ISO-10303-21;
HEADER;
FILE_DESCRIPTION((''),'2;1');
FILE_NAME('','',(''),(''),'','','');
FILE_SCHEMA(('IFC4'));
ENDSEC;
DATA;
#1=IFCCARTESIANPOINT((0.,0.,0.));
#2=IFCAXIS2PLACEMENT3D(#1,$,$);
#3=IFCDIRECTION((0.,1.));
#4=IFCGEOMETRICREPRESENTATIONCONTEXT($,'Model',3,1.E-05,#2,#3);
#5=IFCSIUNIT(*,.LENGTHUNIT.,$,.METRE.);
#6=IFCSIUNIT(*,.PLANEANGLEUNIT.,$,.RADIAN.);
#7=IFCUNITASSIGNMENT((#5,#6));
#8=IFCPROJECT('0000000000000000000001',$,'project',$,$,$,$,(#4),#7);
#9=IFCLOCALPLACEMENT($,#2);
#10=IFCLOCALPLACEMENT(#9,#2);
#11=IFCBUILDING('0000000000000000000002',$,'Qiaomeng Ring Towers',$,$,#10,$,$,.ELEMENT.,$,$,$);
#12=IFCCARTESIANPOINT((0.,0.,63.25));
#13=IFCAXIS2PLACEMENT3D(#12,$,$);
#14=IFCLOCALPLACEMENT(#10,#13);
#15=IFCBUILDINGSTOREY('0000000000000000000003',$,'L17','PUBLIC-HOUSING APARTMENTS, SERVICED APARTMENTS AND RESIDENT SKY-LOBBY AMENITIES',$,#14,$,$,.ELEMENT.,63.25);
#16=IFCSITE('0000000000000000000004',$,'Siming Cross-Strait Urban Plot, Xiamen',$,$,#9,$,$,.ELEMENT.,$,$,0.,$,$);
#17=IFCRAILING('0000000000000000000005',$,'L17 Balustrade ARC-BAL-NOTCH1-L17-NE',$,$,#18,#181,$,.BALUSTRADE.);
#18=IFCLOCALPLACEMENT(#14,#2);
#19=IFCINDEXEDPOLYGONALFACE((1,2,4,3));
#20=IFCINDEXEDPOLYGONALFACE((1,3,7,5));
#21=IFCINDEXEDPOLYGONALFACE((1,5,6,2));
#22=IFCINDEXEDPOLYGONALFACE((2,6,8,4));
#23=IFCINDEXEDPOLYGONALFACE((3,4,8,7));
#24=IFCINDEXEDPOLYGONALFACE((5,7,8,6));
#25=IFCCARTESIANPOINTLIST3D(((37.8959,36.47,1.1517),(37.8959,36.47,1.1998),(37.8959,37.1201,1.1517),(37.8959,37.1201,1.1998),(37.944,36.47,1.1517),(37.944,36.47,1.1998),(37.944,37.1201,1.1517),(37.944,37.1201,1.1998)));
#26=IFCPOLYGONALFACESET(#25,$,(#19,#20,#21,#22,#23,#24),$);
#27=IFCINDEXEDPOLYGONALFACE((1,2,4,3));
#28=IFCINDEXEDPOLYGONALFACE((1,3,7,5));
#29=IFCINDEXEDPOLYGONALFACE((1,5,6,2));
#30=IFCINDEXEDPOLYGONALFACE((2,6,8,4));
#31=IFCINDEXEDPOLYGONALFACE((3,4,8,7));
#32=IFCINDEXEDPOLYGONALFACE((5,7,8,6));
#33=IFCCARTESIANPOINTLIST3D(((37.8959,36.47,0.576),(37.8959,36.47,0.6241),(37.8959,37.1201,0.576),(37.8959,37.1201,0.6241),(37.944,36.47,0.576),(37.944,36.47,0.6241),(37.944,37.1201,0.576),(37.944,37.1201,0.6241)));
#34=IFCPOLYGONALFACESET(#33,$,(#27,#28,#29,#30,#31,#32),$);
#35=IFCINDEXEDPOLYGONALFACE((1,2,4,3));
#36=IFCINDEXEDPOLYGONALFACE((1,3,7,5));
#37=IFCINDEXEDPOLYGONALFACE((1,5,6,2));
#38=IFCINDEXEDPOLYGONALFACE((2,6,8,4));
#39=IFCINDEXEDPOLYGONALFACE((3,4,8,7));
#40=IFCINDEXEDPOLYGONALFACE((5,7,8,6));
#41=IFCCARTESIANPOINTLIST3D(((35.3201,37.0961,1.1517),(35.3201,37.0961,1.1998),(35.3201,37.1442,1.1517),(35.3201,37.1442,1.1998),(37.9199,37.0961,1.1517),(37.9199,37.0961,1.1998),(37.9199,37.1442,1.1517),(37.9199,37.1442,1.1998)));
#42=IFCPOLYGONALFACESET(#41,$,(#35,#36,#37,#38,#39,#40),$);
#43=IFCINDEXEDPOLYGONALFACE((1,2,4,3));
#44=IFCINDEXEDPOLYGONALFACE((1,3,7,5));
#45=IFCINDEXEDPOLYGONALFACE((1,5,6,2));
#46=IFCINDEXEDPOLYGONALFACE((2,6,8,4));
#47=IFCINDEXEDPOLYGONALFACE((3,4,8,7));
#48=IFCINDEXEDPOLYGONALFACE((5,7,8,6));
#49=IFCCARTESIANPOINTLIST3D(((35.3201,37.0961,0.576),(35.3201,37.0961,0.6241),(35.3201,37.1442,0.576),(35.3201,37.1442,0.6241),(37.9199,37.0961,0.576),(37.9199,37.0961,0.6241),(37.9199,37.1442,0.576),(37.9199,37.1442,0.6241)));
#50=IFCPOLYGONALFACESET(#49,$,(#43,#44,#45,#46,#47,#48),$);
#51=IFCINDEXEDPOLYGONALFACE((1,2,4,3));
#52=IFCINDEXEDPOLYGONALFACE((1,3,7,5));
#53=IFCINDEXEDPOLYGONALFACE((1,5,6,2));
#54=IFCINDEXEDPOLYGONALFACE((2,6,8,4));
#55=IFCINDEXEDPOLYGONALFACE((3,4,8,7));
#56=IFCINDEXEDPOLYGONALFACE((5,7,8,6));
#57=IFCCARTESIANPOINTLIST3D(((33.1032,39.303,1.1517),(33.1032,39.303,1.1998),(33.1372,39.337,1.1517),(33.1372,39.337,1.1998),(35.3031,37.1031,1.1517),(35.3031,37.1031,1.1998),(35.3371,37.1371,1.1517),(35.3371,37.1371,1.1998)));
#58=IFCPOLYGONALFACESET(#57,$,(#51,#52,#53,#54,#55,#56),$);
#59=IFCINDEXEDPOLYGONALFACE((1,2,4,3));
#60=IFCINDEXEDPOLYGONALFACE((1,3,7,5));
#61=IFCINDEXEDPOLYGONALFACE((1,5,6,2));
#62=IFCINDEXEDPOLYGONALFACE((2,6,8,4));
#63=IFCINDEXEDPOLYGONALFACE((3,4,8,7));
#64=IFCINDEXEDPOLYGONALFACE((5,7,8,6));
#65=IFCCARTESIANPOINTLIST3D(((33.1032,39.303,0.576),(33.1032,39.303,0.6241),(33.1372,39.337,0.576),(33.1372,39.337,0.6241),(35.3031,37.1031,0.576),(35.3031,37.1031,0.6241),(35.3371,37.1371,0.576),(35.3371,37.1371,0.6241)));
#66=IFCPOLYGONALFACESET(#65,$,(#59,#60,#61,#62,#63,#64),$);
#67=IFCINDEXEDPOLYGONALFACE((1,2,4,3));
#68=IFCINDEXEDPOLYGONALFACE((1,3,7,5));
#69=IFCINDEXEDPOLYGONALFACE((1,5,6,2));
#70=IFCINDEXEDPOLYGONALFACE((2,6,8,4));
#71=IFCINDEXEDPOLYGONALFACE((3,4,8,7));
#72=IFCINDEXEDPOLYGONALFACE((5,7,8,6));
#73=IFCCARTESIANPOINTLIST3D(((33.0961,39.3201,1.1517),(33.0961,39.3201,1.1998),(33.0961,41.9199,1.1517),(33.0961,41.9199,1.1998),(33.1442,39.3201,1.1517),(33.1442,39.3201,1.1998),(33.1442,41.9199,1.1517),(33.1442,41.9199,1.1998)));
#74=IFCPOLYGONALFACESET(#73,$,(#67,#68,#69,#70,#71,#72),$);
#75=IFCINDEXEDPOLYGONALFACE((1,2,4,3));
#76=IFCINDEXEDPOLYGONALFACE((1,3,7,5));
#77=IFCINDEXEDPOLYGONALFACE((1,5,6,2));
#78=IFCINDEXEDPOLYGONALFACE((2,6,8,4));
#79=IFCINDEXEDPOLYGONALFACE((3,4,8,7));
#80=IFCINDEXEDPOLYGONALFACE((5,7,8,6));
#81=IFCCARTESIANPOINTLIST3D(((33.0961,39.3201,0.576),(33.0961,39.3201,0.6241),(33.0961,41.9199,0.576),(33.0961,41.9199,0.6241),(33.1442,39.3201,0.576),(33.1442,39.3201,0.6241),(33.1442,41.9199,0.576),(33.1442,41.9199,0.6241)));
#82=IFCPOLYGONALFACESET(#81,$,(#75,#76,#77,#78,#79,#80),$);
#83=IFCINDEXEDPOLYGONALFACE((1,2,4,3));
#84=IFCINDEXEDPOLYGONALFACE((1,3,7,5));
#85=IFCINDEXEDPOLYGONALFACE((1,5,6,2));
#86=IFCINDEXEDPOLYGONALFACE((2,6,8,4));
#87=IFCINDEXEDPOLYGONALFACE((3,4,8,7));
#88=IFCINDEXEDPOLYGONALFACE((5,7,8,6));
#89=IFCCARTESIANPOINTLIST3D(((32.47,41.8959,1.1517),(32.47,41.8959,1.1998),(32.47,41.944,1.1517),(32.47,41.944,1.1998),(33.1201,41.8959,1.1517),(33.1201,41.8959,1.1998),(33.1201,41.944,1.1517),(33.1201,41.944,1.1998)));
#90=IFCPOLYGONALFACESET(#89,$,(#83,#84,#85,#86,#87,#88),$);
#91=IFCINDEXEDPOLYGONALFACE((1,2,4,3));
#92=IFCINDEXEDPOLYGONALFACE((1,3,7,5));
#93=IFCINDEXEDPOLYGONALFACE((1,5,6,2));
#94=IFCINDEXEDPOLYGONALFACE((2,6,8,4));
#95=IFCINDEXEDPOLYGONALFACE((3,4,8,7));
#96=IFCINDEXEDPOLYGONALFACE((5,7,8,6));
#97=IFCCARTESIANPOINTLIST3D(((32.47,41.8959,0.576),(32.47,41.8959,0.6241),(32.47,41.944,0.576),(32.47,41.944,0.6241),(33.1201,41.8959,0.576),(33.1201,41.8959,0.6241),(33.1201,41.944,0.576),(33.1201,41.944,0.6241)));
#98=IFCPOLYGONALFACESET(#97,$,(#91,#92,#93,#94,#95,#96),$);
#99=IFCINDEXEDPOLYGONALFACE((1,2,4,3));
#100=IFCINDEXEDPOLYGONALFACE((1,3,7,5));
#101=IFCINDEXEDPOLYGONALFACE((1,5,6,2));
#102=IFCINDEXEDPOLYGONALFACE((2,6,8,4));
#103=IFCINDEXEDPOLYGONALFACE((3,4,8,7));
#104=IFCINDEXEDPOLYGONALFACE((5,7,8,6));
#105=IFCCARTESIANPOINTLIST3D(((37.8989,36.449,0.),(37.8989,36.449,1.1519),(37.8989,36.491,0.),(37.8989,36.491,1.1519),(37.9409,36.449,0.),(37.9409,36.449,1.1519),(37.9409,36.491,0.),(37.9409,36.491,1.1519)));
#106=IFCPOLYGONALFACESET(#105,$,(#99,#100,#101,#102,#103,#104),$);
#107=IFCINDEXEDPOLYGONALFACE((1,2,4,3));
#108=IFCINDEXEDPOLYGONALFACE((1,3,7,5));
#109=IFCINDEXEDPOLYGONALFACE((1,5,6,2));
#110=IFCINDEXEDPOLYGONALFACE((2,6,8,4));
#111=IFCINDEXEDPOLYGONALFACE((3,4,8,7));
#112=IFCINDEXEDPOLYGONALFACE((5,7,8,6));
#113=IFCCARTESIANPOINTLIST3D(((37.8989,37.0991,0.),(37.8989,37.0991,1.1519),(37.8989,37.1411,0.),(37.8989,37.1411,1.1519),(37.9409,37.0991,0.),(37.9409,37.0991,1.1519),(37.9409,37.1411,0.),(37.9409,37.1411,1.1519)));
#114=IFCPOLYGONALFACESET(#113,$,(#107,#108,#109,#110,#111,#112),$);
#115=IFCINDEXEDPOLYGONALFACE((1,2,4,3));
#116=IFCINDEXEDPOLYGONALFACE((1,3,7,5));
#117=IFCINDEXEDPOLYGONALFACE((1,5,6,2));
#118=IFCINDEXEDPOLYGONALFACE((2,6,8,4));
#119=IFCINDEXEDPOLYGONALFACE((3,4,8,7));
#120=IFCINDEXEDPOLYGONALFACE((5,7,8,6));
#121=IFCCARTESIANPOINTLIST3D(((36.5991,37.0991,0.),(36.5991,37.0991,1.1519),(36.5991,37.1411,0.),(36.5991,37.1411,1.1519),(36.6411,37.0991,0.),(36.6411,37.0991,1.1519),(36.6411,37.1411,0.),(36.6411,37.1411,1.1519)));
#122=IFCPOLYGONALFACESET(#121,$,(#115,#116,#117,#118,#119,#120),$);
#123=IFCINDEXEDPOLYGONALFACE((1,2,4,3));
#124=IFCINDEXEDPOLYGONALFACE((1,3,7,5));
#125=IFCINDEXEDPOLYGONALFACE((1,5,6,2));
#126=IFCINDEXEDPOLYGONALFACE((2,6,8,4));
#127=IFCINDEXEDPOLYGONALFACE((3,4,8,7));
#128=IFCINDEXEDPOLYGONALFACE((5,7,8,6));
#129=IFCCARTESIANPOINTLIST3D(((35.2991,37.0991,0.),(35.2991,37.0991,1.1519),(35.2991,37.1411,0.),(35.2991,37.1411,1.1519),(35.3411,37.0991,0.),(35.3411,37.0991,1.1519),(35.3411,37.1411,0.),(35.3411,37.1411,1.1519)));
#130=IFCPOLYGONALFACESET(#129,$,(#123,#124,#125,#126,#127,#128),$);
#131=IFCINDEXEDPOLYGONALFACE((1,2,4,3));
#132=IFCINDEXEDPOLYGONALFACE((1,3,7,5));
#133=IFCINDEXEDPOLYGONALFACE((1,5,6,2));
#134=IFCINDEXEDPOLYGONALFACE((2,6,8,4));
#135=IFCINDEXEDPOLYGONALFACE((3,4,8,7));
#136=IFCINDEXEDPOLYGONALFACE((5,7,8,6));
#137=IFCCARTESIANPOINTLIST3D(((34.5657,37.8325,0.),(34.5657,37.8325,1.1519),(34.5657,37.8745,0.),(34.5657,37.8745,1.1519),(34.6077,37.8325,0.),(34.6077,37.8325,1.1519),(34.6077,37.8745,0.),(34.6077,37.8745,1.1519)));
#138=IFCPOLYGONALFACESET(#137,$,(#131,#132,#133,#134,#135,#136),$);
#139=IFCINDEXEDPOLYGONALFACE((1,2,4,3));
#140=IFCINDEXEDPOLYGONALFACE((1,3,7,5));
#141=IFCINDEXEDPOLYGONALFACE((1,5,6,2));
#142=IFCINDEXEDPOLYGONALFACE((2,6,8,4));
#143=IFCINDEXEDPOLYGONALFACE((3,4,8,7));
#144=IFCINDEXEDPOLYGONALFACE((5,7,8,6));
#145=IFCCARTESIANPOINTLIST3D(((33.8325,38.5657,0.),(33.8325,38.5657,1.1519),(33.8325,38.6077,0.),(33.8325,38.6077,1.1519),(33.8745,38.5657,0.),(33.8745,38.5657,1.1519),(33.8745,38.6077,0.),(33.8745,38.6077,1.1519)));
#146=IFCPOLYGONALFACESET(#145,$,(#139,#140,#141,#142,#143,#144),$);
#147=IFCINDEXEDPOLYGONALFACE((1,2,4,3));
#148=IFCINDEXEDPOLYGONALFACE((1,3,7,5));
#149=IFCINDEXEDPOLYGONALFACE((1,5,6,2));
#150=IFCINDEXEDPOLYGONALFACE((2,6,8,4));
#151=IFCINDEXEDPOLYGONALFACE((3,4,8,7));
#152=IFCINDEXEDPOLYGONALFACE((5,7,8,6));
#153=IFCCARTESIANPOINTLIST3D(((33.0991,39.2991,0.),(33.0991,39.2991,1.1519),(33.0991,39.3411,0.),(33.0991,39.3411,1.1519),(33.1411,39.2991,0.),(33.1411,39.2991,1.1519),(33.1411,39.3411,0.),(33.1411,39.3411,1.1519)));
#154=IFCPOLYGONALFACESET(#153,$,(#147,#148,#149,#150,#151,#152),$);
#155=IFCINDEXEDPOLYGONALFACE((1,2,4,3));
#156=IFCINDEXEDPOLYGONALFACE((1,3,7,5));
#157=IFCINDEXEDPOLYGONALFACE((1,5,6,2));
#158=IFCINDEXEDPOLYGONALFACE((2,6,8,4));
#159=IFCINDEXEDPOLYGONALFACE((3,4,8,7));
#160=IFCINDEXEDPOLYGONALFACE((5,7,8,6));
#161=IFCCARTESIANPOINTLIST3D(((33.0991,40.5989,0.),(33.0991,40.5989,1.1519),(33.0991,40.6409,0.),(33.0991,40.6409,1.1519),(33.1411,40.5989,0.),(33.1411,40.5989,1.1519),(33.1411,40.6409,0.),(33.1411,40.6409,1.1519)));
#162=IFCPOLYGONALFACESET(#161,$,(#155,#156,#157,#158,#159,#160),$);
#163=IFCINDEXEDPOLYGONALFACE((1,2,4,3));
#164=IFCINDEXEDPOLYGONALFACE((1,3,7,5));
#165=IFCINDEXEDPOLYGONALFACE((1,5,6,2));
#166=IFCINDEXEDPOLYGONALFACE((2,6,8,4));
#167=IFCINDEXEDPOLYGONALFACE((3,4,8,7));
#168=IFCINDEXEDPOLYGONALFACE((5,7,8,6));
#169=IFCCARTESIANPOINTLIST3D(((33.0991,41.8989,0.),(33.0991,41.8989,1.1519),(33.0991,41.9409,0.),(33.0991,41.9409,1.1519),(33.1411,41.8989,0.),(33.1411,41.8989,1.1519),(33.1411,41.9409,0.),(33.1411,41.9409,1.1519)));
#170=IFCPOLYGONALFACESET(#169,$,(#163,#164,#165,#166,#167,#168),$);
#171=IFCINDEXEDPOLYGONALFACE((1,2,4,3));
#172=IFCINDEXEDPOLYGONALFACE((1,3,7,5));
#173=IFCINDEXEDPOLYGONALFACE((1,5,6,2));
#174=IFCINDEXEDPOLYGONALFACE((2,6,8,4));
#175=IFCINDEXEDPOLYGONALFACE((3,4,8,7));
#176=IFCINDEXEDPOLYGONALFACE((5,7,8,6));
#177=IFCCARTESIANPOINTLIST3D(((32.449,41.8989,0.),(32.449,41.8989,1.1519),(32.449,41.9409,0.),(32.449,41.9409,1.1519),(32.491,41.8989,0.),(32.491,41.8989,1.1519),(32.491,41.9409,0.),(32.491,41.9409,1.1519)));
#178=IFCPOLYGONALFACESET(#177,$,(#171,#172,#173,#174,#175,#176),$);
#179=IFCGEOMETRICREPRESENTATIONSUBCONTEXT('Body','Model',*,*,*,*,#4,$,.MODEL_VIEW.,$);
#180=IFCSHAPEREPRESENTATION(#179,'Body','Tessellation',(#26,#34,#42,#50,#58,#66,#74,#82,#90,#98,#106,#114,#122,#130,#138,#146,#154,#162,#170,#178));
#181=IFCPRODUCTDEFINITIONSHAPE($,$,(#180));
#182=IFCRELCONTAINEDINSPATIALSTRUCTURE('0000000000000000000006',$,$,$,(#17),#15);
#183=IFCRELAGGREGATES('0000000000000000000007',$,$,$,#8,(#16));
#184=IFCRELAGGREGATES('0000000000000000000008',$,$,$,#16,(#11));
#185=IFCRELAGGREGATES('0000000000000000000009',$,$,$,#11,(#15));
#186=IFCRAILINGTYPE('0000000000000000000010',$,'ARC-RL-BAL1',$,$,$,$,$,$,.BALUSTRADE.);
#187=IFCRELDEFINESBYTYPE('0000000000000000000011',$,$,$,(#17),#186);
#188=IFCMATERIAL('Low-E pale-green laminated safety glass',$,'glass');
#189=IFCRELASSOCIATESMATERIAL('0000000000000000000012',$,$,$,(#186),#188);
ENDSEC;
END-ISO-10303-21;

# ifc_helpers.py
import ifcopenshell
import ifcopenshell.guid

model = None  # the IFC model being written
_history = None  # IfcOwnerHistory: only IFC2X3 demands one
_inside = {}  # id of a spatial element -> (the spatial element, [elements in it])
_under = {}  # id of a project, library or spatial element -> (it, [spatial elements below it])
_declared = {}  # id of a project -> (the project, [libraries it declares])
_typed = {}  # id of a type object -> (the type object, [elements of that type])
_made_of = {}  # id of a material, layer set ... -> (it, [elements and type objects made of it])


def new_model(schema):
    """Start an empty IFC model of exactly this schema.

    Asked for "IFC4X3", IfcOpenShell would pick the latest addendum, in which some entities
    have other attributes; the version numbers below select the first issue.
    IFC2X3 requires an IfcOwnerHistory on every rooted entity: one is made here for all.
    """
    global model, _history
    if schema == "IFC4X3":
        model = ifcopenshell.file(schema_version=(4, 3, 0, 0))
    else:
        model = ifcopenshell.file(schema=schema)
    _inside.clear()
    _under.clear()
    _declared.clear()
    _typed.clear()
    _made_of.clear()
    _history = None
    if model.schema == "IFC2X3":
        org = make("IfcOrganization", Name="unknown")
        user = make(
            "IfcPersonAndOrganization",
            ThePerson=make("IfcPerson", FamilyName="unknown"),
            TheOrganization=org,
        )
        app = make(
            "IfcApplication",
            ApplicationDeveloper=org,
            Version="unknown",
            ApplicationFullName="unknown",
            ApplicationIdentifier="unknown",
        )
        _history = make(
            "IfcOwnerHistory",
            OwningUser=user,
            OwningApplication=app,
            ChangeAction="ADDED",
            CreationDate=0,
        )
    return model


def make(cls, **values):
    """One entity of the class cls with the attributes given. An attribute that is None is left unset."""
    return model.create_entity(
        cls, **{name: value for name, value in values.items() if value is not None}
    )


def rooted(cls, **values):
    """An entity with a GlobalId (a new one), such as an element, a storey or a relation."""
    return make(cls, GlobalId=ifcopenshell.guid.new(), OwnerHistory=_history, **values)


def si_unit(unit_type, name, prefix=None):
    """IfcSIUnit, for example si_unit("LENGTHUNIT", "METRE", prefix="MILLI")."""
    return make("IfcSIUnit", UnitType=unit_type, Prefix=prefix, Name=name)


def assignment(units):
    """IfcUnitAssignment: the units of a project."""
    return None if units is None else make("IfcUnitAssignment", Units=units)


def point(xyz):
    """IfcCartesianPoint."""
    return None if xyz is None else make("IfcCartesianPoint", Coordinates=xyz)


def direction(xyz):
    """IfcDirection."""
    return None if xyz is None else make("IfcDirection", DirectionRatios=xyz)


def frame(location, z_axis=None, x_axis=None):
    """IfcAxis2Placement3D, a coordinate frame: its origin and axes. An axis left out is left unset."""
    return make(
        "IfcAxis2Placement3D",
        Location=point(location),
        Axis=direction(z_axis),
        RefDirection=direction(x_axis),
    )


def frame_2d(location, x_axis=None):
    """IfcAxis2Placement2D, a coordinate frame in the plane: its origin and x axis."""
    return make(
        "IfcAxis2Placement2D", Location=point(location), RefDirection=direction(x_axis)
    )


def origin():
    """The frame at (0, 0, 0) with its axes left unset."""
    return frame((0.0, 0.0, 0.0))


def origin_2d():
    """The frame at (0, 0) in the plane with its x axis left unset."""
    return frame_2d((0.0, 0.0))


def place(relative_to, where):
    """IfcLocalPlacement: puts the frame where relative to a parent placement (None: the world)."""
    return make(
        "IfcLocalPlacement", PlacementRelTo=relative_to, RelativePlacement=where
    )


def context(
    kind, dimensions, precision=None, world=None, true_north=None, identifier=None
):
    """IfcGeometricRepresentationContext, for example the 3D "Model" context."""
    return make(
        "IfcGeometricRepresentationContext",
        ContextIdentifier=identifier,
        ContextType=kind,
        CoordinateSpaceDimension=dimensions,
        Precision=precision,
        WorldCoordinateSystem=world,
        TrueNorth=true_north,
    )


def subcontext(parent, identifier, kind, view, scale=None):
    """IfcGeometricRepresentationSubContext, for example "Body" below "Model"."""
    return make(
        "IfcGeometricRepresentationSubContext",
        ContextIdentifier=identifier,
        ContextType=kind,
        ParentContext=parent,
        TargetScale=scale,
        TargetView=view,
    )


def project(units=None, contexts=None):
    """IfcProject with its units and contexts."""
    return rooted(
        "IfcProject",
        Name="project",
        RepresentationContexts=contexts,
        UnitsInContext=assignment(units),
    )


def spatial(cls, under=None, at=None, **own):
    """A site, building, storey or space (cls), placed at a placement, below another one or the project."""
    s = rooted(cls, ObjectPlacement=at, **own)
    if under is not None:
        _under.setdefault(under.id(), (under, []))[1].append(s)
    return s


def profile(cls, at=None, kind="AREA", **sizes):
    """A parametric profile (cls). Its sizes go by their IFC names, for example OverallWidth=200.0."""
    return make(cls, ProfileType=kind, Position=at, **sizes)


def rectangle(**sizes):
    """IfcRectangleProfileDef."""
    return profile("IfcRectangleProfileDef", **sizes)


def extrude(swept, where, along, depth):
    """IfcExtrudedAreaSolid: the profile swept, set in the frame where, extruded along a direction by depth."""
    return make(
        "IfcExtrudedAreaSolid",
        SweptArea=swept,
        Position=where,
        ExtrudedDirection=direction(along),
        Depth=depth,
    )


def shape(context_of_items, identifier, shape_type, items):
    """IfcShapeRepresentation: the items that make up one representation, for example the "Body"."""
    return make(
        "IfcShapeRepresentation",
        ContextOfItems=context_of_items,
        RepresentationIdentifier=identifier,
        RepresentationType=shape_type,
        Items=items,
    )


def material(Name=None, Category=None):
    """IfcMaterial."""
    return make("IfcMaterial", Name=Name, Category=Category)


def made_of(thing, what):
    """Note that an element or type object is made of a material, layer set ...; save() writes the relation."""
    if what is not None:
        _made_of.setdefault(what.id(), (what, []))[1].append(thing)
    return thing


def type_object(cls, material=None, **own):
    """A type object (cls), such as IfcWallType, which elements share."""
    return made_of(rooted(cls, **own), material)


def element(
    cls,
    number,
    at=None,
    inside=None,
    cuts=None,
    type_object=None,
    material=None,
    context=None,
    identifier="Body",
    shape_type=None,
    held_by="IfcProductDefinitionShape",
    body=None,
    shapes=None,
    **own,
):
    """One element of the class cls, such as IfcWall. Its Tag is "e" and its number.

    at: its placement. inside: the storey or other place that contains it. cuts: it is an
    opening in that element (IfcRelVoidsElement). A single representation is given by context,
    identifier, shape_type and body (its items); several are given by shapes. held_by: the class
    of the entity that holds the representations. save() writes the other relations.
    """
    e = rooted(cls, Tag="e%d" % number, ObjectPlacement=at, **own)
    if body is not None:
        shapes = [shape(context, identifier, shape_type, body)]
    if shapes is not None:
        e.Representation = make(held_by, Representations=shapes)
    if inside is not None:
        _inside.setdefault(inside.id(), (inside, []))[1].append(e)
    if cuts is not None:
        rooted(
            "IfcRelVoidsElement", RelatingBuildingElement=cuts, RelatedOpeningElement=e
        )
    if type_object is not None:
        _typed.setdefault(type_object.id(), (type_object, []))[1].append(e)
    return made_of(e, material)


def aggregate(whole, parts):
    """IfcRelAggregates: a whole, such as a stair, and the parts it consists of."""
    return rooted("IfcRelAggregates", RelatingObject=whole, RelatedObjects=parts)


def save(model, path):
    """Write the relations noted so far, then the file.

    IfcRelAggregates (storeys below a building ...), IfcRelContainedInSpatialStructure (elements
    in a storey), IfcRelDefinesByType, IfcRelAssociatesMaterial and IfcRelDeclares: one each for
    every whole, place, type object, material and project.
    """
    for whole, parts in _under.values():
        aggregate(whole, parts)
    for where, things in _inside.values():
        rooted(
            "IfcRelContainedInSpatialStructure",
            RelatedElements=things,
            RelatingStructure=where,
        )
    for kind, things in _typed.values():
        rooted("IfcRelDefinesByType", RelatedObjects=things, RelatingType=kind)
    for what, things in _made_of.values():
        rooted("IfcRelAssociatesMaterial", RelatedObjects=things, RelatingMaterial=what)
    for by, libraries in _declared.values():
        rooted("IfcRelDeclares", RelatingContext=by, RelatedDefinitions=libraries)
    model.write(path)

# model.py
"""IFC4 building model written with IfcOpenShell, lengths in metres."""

from ifc_helpers import new_model, si_unit, direction, frame, origin, origin_2d, place, context, subcontext, project, spatial, rectangle, extrude, material, type_object, element, save


model = new_model("IFC4")

# Units and contexts
model_context = context("Model", 3, precision=1e-05, world=origin(), true_north=direction((0.0, 1.0)))
body_context = subcontext(model_context, "Body", "Model", "MODEL_VIEW")
ifc_project = project(units=[si_unit("LENGTHUNIT", "METRE"), si_unit("PLANEANGLEUNIT", "RADIAN")], contexts=[model_context])

# Site, building, storey
site_placement = place(None, origin())
site = spatial("IfcSite", under=ifc_project, at=site_placement, Name="Siming Cross-Strait Urban Plot, Xiamen", CompositionType="ELEMENT", RefElevation=0.0)
building_placement = place(site_placement, origin())
building = spatial("IfcBuilding", under=site, at=building_placement, Name="Qiaomeng Ring Towers", CompositionType="ELEMENT")
storey_placement = place(building_placement, frame((0.0, 0.0, 63.25)))
storey = spatial("IfcBuildingStorey", under=building, at=storey_placement, Name="L17", Description="PUBLIC-HOUSING APARTMENTS, SERVICED APARTMENTS AND RESIDENT SKY-LOBBY AMENITIES", CompositionType="ELEMENT", Elevation=63.25)

# Railing
ifc_material_1 = material(Name="Low-E pale-green laminated safety glass", Category="glass")
railing_type = type_object("IfcRailingType", Name="ARC-RL-BAL1", PredefinedType="BALUSTRADE", material=ifc_material_1)
railing_placement = place(storey_placement, frame((37.9199, 36.47, 0.0)))
element("IfcRailing", 1, at=railing_placement, inside=storey, type_object=railing_type, Name="L17 Balustrade ARC-BAL-NOTCH1-L17-NE", PredefinedType="BALUSTRADE", context=body_context, shape_type="SweptSolid", body=[
    extrude(rectangle(XDim=0.0481, YDim=0.0481, at=origin_2d()), frame((0.0, 0.0, 1.1758), z_axis=(0.0, 1.0, 0.0), x_axis=(-1.0, 0.0, 0.0)), (0.0, 0.0, 1.0), 0.6501),
    extrude(rectangle(XDim=0.0481, YDim=0.0481, at=origin_2d()), frame((0.0, 0.0, 0.6001), z_axis=(0.0, 1.0, 0.0), x_axis=(-1.0, 0.0, 0.0)), (0.0, 0.0, 1.0), 0.6501),
    extrude(rectangle(XDim=0.0481, YDim=0.0481, at=origin_2d()), frame((0.0, 0.6501, 1.1758), z_axis=(-1.0, 0.0, 0.0), x_axis=(0.0, -1.0, 0.0)), (0.0, 0.0, 1.0), 2.5999),
    extrude(rectangle(XDim=0.0481, YDim=0.0481, at=origin_2d()), frame((0.0, 0.6501, 0.6001), z_axis=(-1.0, 0.0, 0.0), x_axis=(0.0, -1.0, 0.0)), (0.0, 0.0, 1.0), 2.5999),
    extrude(rectangle(XDim=0.0481, YDim=0.0481, at=origin_2d()), frame((-2.5999, 0.6501, 1.1758), z_axis=(-0.707107, 0.707107, 0.0), x_axis=(-0.707107, -0.707107, 0.0)), (0.0, 0.0, 1.0), 3.1111),
    extrude(rectangle(XDim=0.0481, YDim=0.0481, at=origin_2d()), frame((-2.5999, 0.6501, 0.6001), z_axis=(-0.707107, 0.707107, 0.0), x_axis=(-0.707107, -0.707107, 0.0)), (0.0, 0.0, 1.0), 3.1111),
    extrude(rectangle(XDim=0.0481, YDim=0.0481, at=origin_2d()), frame((-4.7998, 2.8501, 1.1758), z_axis=(0.0, 1.0, 0.0), x_axis=(-1.0, 0.0, 0.0)), (0.0, 0.0, 1.0), 2.5999),
    extrude(rectangle(XDim=0.0481, YDim=0.0481, at=origin_2d()), frame((-4.7998, 2.8501, 0.6001), z_axis=(0.0, 1.0, 0.0), x_axis=(-1.0, 0.0, 0.0)), (0.0, 0.0, 1.0), 2.5999),
    extrude(rectangle(XDim=0.0481, YDim=0.0481, at=origin_2d()), frame((-4.7998, 5.45, 1.1758), z_axis=(-1.0, 0.0, 0.0), x_axis=(0.0, -1.0, 0.0)), (0.0, 0.0, 1.0), 0.6501),
    extrude(rectangle(XDim=0.0481, YDim=0.0481, at=origin_2d()), frame((-4.7998, 5.45, 0.6001), z_axis=(-1.0, 0.0, 0.0), x_axis=(0.0, -1.0, 0.0)), (0.0, 0.0, 1.0), 0.6501),
    extrude(rectangle(XDim=0.042, YDim=0.042, at=origin_2d()), origin(), (0.0, 0.0, 1.0), 1.1519),
    extrude(rectangle(XDim=0.042, YDim=0.042, at=origin_2d()), frame((0.0, 0.6501, 0.0)), (0.0, 0.0, 1.0), 1.1519),
    extrude(rectangle(XDim=0.042, YDim=0.042, at=origin_2d()), frame((-1.2998, 0.6501, 0.0)), (0.0, 0.0, 1.0), 1.1519),
    extrude(rectangle(XDim=0.042, YDim=0.042, at=origin_2d()), frame((-2.5999, 0.6501, 0.0)), (0.0, 0.0, 1.0), 1.1519),
    extrude(rectangle(XDim=0.042, YDim=0.042, at=origin_2d()), frame((-3.3333, 1.3835, 0.0)), (0.0, 0.0, 1.0), 1.1519),
    extrude(rectangle(XDim=0.042, YDim=0.042, at=origin_2d()), frame((-4.0664, 2.1167, 0.0)), (0.0, 0.0, 1.0), 1.1519),
    extrude(rectangle(XDim=0.042, YDim=0.042, at=origin_2d()), frame((-4.7998, 2.8501, 0.0)), (0.0, 0.0, 1.0), 1.1519),
    extrude(rectangle(XDim=0.042, YDim=0.042, at=origin_2d()), frame((-4.7998, 4.1499, 0.0)), (0.0, 0.0, 1.0), 1.1519),
    extrude(rectangle(XDim=0.042, YDim=0.042, at=origin_2d()), frame((-4.7998, 5.45, 0.0)), (0.0, 0.0, 1.0), 1.1519),
    extrude(rectangle(XDim=0.042, YDim=0.042, at=origin_2d()), frame((-5.45, 5.45, 0.0)), (0.0, 0.0, 1.0), 1.1519),
])

save(model, "model.ifc")
